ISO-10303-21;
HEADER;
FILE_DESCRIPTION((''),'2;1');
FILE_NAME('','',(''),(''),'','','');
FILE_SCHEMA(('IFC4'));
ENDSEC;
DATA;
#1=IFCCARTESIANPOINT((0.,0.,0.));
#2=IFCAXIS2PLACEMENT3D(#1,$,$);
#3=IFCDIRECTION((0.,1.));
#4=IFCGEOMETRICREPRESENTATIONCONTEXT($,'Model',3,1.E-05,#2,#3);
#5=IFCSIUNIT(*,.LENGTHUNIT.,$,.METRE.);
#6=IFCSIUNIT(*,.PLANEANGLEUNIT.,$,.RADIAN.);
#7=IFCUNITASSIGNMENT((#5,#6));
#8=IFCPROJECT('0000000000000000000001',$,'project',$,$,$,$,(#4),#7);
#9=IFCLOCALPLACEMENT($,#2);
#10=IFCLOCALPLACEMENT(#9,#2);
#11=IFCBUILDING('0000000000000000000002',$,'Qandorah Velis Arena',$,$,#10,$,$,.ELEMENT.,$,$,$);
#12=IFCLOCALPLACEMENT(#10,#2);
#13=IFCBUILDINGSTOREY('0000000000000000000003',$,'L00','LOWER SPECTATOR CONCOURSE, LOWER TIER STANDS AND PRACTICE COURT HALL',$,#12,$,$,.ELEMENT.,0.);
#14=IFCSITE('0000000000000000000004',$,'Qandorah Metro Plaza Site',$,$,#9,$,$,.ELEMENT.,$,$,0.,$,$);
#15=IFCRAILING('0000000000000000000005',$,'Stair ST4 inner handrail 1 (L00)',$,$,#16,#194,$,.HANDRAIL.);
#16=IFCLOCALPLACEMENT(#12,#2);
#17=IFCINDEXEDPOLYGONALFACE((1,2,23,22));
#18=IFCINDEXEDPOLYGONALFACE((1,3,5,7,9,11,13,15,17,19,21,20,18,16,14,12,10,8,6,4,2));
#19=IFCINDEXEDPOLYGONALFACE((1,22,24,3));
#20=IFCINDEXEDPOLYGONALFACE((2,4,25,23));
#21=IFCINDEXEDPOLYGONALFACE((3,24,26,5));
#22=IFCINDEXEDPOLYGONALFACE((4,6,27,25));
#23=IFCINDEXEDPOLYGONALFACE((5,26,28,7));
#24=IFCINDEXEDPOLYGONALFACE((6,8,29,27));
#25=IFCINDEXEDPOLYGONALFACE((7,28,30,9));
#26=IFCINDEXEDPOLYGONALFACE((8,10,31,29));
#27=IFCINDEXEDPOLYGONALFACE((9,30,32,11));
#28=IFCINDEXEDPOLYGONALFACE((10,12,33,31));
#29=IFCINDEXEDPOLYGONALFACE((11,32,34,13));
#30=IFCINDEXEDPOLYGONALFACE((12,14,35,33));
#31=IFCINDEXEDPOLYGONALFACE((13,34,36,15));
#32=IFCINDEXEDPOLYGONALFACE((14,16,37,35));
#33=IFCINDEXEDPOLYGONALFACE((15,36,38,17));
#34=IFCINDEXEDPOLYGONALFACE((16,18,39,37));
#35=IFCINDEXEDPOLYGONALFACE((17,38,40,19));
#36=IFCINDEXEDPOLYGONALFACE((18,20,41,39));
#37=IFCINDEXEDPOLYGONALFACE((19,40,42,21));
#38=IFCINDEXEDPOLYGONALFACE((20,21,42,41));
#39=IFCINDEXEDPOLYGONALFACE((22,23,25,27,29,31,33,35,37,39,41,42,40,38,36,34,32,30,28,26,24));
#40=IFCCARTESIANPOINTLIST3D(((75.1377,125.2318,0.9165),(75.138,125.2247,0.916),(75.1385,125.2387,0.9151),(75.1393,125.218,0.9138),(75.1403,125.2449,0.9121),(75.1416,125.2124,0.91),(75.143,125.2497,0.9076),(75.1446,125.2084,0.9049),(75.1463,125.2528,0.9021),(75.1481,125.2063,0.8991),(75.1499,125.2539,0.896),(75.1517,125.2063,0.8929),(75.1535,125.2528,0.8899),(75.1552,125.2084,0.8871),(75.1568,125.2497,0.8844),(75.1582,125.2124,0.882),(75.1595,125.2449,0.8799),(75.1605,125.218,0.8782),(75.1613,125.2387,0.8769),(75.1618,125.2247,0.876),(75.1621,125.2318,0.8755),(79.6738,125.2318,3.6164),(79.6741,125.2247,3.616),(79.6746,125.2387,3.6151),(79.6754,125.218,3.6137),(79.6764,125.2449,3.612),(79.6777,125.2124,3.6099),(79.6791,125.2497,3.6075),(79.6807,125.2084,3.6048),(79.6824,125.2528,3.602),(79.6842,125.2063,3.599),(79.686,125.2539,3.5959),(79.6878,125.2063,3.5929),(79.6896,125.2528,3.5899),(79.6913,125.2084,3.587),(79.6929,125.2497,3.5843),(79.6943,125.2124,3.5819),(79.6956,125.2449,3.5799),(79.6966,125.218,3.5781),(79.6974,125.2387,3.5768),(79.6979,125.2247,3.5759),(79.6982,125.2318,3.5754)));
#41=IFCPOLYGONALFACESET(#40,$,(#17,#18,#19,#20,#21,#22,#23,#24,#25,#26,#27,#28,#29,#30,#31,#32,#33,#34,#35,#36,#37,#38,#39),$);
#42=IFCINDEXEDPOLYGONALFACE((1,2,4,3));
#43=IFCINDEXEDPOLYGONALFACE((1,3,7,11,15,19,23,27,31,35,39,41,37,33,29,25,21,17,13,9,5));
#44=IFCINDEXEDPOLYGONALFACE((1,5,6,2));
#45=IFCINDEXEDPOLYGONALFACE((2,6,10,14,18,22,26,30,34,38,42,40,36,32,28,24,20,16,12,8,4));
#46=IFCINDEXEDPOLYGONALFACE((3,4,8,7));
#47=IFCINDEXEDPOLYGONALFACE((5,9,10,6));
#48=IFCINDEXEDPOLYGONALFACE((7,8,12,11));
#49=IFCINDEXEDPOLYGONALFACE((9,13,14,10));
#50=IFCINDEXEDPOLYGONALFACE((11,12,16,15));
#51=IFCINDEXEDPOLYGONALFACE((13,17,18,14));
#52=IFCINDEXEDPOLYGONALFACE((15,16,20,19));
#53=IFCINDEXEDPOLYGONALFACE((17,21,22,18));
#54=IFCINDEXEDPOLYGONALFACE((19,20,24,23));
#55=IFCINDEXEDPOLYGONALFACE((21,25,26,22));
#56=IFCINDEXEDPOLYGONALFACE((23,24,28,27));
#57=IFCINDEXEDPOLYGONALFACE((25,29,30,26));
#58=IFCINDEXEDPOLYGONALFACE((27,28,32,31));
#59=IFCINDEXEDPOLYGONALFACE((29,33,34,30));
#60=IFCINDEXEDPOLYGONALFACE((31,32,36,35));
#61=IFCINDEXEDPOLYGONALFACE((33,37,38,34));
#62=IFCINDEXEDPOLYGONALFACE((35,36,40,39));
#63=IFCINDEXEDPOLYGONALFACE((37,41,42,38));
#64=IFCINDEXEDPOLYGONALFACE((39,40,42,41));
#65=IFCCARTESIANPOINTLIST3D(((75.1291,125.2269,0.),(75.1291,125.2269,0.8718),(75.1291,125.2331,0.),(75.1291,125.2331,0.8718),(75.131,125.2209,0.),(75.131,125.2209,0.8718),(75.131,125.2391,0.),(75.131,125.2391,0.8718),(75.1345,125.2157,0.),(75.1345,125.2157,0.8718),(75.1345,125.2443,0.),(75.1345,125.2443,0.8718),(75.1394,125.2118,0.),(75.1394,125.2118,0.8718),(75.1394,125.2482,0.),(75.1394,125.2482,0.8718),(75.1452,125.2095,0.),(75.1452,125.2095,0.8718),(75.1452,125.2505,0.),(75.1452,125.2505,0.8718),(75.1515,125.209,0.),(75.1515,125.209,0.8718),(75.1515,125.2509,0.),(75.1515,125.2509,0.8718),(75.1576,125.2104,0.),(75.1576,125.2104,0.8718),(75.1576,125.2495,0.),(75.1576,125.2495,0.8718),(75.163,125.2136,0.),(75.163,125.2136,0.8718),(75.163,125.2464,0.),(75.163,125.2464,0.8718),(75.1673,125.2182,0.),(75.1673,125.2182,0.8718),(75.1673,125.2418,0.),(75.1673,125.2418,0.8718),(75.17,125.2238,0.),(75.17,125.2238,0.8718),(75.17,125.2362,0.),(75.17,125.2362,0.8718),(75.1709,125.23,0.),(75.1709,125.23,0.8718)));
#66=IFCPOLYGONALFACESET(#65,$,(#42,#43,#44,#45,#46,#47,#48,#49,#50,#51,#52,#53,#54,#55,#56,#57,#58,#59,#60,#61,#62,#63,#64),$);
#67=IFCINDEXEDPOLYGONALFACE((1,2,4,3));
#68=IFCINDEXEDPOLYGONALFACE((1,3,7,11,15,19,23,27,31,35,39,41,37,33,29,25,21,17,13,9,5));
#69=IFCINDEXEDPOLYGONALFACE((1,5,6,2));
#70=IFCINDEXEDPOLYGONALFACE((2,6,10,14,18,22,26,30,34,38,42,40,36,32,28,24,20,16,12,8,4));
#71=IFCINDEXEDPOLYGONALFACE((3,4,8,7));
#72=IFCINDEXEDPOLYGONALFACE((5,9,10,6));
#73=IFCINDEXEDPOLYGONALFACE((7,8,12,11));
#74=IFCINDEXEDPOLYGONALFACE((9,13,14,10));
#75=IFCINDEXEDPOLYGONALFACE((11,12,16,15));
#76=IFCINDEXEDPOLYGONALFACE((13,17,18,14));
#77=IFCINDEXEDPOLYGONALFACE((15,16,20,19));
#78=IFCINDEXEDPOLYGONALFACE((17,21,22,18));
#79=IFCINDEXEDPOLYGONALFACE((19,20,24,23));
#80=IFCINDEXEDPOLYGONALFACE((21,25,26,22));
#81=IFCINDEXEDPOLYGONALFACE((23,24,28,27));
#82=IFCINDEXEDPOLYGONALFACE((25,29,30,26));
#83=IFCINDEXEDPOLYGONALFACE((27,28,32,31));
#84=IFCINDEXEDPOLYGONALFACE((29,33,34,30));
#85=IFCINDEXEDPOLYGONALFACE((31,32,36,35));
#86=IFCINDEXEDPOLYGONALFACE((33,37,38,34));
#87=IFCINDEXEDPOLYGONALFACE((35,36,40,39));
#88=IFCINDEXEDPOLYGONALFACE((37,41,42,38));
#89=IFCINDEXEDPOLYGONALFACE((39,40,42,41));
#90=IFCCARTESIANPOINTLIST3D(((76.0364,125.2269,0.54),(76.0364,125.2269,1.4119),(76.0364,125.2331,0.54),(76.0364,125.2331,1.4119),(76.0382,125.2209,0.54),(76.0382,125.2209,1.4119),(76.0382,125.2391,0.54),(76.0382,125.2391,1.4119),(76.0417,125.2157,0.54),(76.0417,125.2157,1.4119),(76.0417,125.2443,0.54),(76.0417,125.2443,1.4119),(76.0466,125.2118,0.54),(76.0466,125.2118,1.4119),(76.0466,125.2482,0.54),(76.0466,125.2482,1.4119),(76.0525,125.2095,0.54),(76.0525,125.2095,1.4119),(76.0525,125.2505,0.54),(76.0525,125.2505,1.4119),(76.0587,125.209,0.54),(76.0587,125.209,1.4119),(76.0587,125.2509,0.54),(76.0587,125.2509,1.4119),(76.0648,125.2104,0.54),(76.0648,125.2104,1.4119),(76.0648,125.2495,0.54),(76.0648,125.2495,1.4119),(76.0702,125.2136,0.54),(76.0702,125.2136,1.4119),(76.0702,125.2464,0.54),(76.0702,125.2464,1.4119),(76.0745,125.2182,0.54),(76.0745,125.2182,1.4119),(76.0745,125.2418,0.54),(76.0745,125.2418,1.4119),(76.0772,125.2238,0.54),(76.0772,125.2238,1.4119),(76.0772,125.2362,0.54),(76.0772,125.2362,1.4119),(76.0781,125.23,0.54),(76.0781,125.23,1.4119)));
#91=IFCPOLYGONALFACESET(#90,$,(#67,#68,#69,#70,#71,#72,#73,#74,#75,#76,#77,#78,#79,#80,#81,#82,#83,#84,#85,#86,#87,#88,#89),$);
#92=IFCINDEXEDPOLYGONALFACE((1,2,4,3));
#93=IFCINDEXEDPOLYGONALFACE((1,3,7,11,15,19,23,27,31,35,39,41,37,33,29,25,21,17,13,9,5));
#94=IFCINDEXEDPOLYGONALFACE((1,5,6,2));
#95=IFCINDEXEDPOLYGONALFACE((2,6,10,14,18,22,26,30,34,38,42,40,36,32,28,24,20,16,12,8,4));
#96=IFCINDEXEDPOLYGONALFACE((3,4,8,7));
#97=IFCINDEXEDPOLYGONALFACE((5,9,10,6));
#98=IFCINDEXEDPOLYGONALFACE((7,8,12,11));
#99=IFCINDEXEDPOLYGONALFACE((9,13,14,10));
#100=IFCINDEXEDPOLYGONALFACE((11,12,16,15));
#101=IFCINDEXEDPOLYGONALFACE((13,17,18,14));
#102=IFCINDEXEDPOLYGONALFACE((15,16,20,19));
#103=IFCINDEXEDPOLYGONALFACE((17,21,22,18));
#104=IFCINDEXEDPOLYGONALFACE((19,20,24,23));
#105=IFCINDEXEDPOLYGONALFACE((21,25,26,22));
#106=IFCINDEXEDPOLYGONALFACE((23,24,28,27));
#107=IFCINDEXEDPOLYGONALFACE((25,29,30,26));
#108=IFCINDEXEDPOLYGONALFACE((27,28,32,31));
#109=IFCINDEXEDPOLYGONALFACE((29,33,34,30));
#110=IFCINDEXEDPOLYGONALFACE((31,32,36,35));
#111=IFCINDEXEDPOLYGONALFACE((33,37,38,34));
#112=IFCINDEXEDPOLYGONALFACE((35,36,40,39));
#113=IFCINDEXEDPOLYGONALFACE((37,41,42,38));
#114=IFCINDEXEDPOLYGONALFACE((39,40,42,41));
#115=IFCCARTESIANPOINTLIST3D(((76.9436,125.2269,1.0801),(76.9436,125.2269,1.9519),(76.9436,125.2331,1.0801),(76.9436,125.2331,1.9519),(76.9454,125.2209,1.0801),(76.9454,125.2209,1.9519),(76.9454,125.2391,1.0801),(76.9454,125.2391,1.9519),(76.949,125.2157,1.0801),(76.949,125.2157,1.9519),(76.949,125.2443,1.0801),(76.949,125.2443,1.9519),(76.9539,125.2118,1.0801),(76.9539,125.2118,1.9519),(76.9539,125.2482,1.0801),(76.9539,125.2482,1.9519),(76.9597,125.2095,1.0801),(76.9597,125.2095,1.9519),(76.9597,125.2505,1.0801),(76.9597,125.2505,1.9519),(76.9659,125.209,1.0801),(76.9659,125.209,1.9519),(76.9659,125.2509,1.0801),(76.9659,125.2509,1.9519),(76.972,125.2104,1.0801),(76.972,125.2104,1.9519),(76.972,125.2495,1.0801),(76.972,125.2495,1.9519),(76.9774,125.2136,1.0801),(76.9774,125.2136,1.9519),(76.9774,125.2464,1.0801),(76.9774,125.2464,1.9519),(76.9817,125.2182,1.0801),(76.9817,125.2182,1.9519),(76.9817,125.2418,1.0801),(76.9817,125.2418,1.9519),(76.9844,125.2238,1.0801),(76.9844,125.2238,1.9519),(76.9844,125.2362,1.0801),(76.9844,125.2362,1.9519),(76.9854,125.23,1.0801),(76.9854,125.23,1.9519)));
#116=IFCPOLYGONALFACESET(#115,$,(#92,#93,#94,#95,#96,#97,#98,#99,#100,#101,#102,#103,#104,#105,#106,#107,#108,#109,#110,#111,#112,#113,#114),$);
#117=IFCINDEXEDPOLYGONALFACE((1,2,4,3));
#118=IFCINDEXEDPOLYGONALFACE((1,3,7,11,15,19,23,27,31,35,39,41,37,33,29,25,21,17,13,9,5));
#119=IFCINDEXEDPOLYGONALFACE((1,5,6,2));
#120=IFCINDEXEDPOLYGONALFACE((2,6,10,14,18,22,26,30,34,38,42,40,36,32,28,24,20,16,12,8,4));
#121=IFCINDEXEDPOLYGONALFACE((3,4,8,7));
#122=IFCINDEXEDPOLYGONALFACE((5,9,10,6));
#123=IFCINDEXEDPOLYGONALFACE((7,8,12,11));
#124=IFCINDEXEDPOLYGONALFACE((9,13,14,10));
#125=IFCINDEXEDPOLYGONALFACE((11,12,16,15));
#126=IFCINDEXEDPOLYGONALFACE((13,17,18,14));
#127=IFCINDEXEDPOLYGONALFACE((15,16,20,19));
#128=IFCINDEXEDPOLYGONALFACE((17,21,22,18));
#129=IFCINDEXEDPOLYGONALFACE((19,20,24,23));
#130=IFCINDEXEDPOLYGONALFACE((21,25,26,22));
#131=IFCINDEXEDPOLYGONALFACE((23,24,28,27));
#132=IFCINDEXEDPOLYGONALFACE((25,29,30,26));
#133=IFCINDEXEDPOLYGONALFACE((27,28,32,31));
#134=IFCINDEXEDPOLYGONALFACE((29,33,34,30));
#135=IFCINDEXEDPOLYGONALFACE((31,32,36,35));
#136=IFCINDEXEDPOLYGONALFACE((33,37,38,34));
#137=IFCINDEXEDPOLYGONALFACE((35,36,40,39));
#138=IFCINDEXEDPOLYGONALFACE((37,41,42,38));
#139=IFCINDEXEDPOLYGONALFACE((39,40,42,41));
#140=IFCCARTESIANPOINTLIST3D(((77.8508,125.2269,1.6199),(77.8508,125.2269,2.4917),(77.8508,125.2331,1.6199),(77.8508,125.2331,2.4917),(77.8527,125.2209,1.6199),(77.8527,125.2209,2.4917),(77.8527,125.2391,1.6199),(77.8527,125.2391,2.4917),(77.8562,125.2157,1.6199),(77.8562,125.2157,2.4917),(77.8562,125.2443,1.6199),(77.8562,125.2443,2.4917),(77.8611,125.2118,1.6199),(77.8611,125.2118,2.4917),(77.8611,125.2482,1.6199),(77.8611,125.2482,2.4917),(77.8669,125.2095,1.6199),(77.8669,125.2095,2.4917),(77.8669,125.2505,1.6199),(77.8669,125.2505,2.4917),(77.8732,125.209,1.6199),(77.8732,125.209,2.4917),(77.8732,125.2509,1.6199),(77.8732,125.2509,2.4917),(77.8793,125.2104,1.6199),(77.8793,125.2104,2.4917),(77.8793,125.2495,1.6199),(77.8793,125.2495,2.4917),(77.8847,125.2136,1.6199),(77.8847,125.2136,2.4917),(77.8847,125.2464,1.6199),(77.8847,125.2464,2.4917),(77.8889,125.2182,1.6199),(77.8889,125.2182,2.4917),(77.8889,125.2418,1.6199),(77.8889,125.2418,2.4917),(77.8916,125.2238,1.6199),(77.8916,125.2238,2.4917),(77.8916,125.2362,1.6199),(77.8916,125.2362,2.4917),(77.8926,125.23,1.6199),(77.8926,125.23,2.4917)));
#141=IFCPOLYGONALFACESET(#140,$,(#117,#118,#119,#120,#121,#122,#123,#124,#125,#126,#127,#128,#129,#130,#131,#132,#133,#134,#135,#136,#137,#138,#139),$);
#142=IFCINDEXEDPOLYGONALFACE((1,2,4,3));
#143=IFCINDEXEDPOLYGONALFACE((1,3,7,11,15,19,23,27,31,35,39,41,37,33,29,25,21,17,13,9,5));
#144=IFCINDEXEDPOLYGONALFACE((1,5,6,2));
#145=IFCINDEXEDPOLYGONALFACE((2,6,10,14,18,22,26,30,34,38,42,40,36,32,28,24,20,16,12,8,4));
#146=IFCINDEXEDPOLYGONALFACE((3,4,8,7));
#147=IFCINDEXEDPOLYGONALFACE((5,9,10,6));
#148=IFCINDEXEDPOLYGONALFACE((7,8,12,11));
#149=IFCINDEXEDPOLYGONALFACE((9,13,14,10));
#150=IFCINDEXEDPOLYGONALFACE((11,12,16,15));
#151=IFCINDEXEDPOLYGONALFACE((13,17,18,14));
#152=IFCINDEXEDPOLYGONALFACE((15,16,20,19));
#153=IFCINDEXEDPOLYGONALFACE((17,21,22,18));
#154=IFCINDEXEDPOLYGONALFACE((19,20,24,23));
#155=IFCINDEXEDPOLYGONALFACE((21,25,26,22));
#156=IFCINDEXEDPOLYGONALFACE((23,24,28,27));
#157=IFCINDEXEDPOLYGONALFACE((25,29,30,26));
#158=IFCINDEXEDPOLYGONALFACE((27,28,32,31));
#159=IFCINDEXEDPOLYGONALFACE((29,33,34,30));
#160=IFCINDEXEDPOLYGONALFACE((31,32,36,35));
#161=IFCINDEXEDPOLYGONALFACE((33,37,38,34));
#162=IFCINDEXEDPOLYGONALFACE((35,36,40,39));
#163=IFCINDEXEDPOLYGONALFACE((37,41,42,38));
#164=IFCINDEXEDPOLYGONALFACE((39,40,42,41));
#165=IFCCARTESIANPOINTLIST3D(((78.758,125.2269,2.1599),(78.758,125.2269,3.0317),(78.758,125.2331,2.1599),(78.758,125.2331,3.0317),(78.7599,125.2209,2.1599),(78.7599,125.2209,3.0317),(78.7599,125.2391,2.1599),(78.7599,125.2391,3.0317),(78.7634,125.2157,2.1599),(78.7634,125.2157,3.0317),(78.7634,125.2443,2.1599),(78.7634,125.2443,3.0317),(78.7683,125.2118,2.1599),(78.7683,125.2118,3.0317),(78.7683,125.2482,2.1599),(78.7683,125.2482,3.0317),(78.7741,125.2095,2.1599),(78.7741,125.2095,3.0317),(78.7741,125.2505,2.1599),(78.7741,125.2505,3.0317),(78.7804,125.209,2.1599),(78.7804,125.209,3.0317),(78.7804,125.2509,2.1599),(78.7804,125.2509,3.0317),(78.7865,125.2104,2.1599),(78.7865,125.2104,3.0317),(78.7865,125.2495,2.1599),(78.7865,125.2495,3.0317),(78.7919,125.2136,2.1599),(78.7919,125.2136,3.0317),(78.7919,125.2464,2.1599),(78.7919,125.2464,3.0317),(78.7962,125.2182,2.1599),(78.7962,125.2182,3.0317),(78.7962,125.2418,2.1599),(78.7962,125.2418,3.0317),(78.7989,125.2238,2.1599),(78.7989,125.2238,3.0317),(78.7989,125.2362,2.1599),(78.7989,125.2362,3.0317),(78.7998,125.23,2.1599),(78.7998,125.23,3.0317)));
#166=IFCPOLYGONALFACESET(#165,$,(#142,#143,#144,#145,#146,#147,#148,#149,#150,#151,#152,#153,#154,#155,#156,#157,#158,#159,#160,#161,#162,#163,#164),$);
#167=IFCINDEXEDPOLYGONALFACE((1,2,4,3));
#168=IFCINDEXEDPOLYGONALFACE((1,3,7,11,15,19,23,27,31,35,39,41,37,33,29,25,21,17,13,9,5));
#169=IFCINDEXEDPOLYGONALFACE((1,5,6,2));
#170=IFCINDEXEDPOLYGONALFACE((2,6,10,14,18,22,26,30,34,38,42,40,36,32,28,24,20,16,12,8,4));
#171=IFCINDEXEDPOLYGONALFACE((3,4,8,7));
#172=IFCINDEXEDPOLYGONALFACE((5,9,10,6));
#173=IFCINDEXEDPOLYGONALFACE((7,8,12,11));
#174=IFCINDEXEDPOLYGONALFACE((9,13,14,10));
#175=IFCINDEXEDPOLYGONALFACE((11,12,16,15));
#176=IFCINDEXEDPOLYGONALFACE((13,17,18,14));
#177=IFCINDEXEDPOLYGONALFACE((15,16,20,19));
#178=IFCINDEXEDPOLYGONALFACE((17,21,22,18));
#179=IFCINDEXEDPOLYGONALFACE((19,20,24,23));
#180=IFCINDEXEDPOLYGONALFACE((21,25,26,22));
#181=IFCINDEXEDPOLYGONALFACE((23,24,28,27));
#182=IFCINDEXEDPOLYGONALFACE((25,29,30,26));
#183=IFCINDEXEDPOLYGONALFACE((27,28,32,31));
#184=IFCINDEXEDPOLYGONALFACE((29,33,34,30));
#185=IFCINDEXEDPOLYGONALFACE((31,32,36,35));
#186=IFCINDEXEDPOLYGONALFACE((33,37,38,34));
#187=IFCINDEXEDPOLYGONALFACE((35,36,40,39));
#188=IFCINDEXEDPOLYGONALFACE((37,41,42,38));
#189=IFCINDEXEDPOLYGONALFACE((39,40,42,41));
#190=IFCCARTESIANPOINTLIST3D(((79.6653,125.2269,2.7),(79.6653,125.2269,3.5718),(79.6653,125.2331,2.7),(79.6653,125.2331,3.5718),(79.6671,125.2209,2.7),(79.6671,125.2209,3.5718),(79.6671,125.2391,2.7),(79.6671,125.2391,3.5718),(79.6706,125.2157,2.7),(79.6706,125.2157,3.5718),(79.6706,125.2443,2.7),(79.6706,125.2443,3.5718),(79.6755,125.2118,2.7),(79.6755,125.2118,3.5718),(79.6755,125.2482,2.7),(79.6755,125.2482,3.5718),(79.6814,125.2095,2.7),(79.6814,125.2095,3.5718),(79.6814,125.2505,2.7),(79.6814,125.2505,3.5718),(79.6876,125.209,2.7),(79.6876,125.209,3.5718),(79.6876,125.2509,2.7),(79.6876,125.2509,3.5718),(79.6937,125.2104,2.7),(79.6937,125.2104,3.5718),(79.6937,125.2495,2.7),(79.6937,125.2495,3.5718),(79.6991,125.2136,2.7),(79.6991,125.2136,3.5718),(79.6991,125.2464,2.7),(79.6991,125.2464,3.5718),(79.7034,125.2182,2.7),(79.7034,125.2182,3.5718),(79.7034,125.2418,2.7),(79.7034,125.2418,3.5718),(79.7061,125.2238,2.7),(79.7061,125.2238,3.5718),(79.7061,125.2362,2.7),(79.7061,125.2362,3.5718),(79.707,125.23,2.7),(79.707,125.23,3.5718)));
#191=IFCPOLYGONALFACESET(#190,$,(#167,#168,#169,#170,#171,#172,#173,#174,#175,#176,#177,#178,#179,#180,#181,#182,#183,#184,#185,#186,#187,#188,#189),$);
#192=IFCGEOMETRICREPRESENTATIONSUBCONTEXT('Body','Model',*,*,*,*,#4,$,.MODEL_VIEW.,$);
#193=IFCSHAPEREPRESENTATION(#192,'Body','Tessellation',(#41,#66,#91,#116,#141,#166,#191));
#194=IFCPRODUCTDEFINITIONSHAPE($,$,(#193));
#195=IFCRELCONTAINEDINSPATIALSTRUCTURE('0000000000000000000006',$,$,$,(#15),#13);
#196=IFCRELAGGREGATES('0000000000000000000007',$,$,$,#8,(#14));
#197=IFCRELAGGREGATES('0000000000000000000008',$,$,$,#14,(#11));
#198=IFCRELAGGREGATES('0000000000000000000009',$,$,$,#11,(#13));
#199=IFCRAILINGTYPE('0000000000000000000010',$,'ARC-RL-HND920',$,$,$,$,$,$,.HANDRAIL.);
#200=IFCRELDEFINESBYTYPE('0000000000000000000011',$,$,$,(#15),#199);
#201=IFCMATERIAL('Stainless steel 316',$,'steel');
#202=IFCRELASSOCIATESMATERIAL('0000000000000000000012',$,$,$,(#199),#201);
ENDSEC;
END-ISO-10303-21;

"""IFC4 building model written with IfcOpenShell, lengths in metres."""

from ifc_helpers import new_model, si_unit, direction, frame, origin, origin_2d, place, context, subcontext, project, spatial, circle, extrude, material, type_object, element, save


model = new_model("IFC4")

# Units and contexts
model_context = context("Model", 3, precision=1e-05, world=origin(), true_north=direction((0.0, 1.0)))
body_context = subcontext(model_context, "Body", "Model", "MODEL_VIEW")
ifc_project = project(units=[si_unit("LENGTHUNIT", "METRE"), si_unit("PLANEANGLEUNIT", "RADIAN")], contexts=[model_context])

# Site, building, storey
site_placement = place(None, origin())
site = spatial("IfcSite", under=ifc_project, at=site_placement, Name="Qandorah Metro Plaza Site", CompositionType="ELEMENT", RefElevation=0.0)
building_placement = place(site_placement, origin())
building = spatial("IfcBuilding", under=site, at=building_placement, Name="Qandorah Velis Arena", CompositionType="ELEMENT")
storey_placement = place(building_placement, origin())
storey = spatial("IfcBuildingStorey", under=building, at=storey_placement, Name="L00", Description="LOWER SPECTATOR CONCOURSE, LOWER TIER STANDS AND PRACTICE COURT HALL", CompositionType="ELEMENT", Elevation=0.0)

# Railing
ifc_material_1 = material(Name="Stainless steel 316", Category="steel")
railing_type_1 = type_object("IfcRailingType", Name="ARC-RL-HND920", PredefinedType="HANDRAIL", material=ifc_material_1)
railing_1_placement = place(storey_placement, frame((75.1499, 125.23, 0.0)))
element("IfcRailing", 1, at=railing_1_placement, inside=storey, type_object=railing_type_1, Name="Stair ST4 inner handrail 1 (L00)", PredefinedType="HANDRAIL", context=body_context, shape_type="SweptSolid", body=[
    extrude(circle(Radius=0.0239, at=origin_2d()), frame((0.0, 0.0, 0.896), z_axis=(0.859304, 0.0, 0.511466), x_axis=(0.0, 1.0, 0.0)), (0.0, 0.0, 1.0), 5.2788),
    extrude(circle(Radius=0.021, at=origin_2d()), origin(), (0.0, 0.0, 1.0), 0.8718),
    extrude(circle(Radius=0.021, at=origin_2d()), frame((0.9072, 0.0, 0.54)), (0.0, 0.0, 1.0), 0.8718),
    extrude(circle(Radius=0.021, at=origin_2d()), frame((1.8145, 0.0, 1.0801)), (0.0, 0.0, 1.0), 0.8718),
    extrude(circle(Radius=0.021, at=origin_2d()), frame((2.7217, 0.0, 1.6199)), (0.0, 0.0, 1.0), 0.8718),
    extrude(circle(Radius=0.021, at=origin_2d()), frame((3.6289, 0.0, 2.1599)), (0.0, 0.0, 1.0), 0.8718),
    extrude(circle(Radius=0.021, at=origin_2d()), frame((4.5361, 0.0, 2.7)), (0.0, 0.0, 1.0), 0.8718),
])

save(model, "model.ifc")
